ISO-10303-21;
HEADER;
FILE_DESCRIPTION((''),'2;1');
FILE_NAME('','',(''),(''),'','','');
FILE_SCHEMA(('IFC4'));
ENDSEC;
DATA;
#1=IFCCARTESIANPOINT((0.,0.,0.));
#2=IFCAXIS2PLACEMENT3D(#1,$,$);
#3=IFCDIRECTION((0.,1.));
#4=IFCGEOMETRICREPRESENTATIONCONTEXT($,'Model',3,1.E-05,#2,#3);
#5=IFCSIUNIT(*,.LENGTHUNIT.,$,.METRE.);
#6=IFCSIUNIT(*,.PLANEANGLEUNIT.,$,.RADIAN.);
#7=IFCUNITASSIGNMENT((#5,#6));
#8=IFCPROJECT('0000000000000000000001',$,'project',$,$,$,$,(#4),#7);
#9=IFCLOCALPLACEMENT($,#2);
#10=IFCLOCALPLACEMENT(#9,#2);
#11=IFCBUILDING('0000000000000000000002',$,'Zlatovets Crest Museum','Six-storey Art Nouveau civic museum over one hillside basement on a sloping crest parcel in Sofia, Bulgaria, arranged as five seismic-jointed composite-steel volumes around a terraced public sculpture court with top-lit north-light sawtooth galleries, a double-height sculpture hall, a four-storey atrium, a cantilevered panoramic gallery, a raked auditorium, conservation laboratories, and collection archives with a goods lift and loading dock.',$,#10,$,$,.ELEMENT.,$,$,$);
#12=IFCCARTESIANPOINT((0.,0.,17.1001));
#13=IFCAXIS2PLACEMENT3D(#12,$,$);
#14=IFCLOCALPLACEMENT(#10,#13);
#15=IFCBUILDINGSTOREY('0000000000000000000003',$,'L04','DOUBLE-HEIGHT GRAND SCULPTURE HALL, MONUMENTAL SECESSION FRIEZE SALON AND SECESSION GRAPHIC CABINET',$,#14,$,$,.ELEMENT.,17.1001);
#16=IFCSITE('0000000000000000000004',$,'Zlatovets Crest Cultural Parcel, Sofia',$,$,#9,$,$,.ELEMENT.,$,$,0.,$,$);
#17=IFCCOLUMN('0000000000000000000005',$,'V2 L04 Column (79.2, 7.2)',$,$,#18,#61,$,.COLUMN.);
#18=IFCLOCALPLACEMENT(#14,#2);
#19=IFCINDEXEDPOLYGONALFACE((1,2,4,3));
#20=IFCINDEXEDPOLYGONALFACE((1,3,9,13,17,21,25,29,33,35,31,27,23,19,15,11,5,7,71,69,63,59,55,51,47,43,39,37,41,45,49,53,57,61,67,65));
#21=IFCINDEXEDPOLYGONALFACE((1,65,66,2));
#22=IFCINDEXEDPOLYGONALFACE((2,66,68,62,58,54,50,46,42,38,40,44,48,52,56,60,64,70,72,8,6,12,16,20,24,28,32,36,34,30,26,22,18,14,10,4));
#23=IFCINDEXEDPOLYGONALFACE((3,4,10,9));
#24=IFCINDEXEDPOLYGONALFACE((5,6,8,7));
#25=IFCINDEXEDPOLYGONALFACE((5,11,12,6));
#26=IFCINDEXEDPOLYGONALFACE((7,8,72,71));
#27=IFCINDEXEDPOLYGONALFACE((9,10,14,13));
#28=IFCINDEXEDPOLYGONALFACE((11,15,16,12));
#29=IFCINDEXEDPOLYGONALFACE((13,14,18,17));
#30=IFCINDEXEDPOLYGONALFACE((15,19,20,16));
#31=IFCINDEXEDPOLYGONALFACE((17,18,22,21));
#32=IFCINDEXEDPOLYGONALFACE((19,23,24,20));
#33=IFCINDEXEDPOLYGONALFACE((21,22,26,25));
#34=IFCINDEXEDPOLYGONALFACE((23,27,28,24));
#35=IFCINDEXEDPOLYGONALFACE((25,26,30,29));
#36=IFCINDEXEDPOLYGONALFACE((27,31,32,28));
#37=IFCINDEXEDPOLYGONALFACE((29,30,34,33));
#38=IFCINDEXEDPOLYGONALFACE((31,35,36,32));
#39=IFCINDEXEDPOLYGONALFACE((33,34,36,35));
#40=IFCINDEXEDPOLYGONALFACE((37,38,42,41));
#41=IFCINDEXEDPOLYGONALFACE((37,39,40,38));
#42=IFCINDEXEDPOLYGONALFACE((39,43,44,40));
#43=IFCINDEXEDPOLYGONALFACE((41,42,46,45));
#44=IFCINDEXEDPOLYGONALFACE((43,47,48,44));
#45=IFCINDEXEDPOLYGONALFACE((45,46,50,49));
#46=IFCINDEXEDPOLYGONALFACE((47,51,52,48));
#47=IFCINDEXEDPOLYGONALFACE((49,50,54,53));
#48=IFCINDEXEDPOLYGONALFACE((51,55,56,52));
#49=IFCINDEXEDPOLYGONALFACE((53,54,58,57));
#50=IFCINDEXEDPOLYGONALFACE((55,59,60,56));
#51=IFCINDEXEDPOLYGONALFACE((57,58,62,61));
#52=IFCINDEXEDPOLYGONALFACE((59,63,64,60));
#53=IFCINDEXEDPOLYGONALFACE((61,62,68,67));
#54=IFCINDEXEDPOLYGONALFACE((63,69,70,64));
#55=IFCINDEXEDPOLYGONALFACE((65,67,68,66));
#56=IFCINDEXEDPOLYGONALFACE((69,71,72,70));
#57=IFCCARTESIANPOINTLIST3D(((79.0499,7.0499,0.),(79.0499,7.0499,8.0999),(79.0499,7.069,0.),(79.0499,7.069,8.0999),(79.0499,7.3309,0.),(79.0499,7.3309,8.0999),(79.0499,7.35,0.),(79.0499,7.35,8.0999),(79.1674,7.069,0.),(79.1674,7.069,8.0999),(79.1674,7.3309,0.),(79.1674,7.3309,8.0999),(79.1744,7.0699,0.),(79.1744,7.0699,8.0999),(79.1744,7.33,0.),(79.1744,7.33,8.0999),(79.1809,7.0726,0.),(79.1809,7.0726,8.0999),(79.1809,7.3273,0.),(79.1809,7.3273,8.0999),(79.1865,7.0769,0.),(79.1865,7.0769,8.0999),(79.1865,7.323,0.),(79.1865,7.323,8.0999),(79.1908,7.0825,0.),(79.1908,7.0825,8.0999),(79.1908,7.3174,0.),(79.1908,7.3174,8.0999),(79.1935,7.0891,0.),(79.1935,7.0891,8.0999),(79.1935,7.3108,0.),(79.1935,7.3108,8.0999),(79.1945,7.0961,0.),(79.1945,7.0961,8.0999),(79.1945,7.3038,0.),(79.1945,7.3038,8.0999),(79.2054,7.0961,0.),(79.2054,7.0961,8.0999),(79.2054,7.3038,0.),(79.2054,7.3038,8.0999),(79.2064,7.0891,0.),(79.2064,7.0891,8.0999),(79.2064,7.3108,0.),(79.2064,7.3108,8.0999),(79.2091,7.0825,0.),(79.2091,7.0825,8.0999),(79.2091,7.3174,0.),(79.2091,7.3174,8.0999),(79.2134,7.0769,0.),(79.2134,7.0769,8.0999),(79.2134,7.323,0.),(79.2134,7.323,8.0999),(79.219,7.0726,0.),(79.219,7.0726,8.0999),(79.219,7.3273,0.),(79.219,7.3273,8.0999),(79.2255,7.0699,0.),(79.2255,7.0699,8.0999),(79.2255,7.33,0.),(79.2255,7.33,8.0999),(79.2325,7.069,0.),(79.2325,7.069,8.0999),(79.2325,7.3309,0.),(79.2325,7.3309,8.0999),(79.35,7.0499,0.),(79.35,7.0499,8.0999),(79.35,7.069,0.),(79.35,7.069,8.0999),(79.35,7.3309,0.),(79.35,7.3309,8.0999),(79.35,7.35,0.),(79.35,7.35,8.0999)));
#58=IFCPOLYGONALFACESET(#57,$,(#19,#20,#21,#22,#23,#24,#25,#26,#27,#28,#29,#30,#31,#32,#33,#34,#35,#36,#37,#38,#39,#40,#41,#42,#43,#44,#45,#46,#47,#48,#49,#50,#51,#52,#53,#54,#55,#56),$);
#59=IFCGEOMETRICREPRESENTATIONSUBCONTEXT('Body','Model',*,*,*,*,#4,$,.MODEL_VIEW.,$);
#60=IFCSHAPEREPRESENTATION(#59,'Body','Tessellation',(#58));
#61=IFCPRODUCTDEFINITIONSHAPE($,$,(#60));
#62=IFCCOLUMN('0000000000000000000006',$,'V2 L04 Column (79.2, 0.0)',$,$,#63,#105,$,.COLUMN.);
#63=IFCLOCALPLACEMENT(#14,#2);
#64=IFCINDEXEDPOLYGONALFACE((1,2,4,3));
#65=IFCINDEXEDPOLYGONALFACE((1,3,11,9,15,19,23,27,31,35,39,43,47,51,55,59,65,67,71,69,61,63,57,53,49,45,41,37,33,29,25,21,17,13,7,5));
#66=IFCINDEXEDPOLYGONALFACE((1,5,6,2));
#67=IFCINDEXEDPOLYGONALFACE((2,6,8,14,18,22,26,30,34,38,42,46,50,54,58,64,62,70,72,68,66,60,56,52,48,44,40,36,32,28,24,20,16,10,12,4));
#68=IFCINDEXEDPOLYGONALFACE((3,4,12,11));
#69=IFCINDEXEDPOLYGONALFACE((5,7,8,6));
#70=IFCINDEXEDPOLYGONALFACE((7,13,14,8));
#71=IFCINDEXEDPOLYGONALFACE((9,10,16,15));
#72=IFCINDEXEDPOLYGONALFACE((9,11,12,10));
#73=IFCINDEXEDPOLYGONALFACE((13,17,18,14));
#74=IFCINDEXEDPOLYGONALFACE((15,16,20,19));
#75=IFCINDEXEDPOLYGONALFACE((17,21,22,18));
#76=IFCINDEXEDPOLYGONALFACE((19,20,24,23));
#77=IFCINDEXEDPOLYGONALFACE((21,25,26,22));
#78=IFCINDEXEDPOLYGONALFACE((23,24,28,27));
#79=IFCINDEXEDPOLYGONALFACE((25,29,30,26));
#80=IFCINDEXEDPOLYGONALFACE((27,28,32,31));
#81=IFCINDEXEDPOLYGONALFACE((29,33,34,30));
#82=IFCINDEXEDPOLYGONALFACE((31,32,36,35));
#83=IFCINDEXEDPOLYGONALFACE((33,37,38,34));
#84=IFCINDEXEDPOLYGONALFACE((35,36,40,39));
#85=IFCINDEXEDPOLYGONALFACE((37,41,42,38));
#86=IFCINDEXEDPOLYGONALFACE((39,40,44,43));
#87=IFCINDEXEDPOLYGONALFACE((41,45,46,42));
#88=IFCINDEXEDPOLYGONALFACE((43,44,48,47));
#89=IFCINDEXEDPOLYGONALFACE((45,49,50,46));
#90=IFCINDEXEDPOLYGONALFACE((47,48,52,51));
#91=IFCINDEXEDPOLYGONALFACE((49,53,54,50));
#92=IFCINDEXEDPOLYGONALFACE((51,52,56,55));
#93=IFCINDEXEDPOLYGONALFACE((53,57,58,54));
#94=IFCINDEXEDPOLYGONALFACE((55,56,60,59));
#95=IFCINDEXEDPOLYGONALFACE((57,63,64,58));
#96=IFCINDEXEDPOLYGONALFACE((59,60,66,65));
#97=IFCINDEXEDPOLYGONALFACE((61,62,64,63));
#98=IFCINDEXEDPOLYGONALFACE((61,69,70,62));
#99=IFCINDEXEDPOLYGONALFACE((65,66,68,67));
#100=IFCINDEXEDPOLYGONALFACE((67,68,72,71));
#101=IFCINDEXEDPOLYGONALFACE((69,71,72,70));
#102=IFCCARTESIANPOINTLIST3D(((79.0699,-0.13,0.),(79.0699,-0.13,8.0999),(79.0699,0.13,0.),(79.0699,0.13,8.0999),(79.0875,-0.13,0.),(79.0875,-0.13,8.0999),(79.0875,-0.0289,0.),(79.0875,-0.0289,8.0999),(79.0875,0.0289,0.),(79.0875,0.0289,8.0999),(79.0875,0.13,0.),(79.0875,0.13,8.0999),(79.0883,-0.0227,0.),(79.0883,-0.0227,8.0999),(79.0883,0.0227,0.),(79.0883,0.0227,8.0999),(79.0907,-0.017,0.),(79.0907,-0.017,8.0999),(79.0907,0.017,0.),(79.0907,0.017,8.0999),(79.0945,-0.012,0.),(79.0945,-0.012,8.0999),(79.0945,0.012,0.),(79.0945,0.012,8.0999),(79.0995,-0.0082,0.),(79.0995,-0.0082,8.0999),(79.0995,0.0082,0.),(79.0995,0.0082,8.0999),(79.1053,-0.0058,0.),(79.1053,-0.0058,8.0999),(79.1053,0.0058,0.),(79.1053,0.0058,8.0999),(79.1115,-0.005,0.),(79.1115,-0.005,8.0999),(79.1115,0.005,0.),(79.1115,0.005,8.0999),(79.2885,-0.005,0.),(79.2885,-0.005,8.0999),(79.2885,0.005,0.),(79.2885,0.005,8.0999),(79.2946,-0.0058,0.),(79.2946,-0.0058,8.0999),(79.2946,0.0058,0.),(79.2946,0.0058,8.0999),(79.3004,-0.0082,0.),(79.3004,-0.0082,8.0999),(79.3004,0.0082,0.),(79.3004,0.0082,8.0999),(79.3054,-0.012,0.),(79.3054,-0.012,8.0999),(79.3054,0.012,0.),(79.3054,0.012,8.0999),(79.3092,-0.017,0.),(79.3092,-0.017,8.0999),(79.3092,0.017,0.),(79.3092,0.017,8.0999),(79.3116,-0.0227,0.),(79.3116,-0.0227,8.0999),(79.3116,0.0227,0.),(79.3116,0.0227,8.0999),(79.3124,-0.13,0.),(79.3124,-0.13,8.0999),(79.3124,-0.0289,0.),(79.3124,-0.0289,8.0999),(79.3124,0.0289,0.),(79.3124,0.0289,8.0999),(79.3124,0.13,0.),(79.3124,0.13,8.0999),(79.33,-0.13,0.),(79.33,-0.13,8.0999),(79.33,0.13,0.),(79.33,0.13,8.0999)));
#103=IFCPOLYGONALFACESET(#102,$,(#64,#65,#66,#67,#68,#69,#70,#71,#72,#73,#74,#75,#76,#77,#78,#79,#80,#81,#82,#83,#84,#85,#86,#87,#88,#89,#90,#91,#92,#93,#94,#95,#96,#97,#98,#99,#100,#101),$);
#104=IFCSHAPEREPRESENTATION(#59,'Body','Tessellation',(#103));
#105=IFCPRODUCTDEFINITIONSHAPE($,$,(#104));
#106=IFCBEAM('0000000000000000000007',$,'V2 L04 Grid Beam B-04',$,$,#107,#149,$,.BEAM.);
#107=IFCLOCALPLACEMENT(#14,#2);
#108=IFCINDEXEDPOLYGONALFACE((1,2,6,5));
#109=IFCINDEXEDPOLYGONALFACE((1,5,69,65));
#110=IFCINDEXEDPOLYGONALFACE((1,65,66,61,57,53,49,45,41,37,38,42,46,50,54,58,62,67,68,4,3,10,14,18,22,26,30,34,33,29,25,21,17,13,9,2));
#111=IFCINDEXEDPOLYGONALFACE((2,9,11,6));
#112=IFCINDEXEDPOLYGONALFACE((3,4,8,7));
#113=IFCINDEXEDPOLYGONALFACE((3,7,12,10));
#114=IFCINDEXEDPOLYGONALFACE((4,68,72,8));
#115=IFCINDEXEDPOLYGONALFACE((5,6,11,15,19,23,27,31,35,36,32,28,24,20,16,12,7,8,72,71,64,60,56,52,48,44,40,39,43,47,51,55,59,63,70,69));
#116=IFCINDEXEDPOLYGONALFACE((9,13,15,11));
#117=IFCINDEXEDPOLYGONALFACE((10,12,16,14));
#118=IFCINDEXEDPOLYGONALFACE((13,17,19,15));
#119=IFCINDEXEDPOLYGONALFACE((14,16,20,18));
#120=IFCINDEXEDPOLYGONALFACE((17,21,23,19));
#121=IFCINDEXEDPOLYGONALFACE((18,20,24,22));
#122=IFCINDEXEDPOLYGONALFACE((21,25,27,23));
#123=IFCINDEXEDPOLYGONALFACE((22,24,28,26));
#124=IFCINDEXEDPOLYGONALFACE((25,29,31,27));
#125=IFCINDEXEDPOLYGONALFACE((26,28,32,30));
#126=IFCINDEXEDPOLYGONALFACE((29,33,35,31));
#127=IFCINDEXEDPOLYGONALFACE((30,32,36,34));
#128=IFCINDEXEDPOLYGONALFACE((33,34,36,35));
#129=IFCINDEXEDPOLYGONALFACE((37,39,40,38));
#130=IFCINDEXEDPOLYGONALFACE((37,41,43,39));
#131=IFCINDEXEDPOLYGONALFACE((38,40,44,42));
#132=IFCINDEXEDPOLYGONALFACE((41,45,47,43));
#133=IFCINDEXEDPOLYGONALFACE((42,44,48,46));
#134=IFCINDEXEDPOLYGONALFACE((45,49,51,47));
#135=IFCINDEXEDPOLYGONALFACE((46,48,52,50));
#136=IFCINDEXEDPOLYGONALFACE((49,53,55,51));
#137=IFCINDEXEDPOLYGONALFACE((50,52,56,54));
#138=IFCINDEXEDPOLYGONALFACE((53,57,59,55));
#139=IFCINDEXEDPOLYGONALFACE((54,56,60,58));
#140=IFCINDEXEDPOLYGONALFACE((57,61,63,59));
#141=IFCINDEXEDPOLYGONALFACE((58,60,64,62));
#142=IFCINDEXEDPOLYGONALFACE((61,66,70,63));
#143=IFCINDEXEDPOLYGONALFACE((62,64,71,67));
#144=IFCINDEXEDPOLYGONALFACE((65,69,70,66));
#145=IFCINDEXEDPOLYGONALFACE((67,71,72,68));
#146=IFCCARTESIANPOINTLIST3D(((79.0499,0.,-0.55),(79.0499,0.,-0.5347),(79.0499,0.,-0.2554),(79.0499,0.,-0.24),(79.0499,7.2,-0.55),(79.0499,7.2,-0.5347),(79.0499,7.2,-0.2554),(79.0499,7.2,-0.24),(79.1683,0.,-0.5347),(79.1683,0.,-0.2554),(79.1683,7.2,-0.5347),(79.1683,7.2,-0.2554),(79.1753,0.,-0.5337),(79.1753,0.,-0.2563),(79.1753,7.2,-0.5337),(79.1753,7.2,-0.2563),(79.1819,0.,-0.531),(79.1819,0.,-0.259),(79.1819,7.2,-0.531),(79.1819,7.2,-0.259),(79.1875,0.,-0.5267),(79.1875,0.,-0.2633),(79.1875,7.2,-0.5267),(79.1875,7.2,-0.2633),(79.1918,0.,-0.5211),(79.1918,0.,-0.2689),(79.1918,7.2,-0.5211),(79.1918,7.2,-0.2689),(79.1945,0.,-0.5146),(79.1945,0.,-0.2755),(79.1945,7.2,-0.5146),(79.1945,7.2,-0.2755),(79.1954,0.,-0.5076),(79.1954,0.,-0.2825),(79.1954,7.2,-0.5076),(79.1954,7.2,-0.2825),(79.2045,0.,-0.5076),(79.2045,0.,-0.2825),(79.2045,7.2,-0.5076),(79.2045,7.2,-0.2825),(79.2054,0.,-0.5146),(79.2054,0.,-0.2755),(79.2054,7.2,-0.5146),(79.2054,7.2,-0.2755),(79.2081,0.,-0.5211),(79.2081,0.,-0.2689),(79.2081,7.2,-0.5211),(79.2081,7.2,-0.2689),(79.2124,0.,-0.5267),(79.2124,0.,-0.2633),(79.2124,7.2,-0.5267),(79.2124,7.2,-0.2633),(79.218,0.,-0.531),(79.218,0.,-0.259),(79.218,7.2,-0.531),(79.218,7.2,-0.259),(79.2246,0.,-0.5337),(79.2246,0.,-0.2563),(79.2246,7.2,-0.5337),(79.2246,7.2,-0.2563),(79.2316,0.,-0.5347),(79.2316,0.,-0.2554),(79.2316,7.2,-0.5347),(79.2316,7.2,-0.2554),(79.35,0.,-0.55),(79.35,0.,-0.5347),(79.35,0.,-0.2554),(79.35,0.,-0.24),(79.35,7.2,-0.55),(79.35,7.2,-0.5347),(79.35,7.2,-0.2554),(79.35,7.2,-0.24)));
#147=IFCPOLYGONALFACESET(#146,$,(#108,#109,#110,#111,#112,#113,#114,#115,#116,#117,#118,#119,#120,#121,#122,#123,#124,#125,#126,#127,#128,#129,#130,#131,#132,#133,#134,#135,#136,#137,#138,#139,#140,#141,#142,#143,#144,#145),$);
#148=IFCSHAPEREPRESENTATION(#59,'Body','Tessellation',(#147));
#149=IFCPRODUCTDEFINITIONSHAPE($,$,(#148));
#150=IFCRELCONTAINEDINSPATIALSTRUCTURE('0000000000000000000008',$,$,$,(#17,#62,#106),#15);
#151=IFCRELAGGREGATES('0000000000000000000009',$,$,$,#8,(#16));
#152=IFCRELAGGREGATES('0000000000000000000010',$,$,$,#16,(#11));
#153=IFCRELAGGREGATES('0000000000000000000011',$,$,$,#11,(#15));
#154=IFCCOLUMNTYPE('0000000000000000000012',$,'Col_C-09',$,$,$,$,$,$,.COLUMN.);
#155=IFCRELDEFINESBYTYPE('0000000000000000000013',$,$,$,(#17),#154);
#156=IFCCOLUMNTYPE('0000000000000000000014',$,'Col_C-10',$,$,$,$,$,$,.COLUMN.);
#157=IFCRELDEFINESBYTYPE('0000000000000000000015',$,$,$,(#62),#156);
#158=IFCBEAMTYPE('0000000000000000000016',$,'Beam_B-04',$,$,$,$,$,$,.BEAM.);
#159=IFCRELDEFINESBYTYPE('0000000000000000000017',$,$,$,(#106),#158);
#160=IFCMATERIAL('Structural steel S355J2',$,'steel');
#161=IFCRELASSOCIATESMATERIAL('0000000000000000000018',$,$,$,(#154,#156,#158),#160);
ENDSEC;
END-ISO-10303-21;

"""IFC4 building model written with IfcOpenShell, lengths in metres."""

from ifc_helpers import new_model, si_unit, direction, frame, origin, origin_2d, place, context, subcontext, project, spatial, i_section, extrude, material, material_profile, profile_set, type_object, element, save


model = new_model("IFC4")

# Units and contexts
model_context = context("Model", 3, precision=1e-05, world=origin(), true_north=direction((0.0, 1.0)))
body_context = subcontext(model_context, "Body", "Model", "MODEL_VIEW")
ifc_project = project(units=[si_unit("LENGTHUNIT", "METRE"), si_unit("PLANEANGLEUNIT", "RADIAN")], contexts=[model_context])

# Site, building, storey
site_placement = place(None, origin())
site = spatial("IfcSite", under=ifc_project, at=site_placement, Name="Zlatovets Crest Cultural Parcel, Sofia", CompositionType="ELEMENT", RefElevation=0.0)
building_placement = place(site_placement, origin())
building = spatial("IfcBuilding", under=site, at=building_placement, Name="Zlatovets Crest Museum", Description="Six-storey Art Nouveau civic museum over one hillside basement on a sloping crest parcel in Sofia, Bulgaria, arranged as five seismic-jointed composite-steel volumes around a terraced public sculpture court with top-lit north-light sawtooth galleries, a double-height sculpture hall, a four-storey atrium, a cantilevered panoramic gallery, a raked auditorium, conservation laboratories, and collection archives with a goods lift and loading dock.", CompositionType="ELEMENT")
storey_placement = place(building_placement, frame((0.0, 0.0, 17.1001)))
storey = spatial("IfcBuildingStorey", under=building, at=storey_placement, Name="L04", Description="DOUBLE-HEIGHT GRAND SCULPTURE HALL, MONUMENTAL SECESSION FRIEZE SALON AND SECESSION GRAPHIC CABINET", CompositionType="ELEMENT", Elevation=17.1001)

# Columns
ifc_material_1 = material(Name="Structural steel S355J2", Category="steel")
ifc_material_profile_1 = material_profile(ifc_material_1, i_section(OverallWidth=0.3, OverallDepth=0.3, WebThickness=0.011, FlangeThickness=0.019, FilletRadius=0.0271, at=origin_2d()), Name="HEB 300")
ifc_profile_set_1 = profile_set([ifc_material_profile_1], Name="Structural steel S355J2")
column_type_1 = type_object("IfcColumnType", Name="Col_C-09", PredefinedType="COLUMN", material=ifc_profile_set_1)
column_1_placement = place(storey_placement, frame((79.2, 7.2, 0.0), z_axis=(0.0, 0.0, 1.0), x_axis=(1.0, 0.0, 0.0)))
element("IfcColumn", 1, at=column_1_placement, inside=storey, type_object=column_type_1, Name="V2 L04 Column (79.2, 7.2)", PredefinedType="COLUMN", context=body_context, shape_type="SweptSolid", body=[
    extrude(i_section(OverallWidth=0.3, OverallDepth=0.3, WebThickness=0.011, FlangeThickness=0.019, FilletRadius=0.0271, at=origin_2d()), origin(), (0.0, 0.0, 1.0), 8.0999),
])
ifc_material_profile_2 = material_profile(ifc_material_1, i_section(OverallWidth=0.26, OverallDepth=0.26, WebThickness=0.01, FlangeThickness=0.0176, FilletRadius=0.0239, at=origin_2d()), Name="HEB 260")
ifc_profile_set_2 = profile_set([ifc_material_profile_2], Name="Structural steel S355J2")
column_type_2 = type_object("IfcColumnType", Name="Col_C-10", PredefinedType="COLUMN", material=ifc_profile_set_2)
column_2_placement = place(storey_placement, frame((79.2, 0.0, 0.0), z_axis=(0.0, 0.0, 1.0), x_axis=(0.0, 1.0, 0.0)))
element("IfcColumn", 2, at=column_2_placement, inside=storey, type_object=column_type_2, Name="V2 L04 Column (79.2, 0.0)", PredefinedType="COLUMN", context=body_context, shape_type="SweptSolid", body=[
    extrude(i_section(OverallWidth=0.26, OverallDepth=0.26, WebThickness=0.01, FlangeThickness=0.0176, FilletRadius=0.0239, at=origin_2d()), origin(), (0.0, 0.0, 1.0), 8.0999),
])

# Beam
ifc_material_profile_3 = material_profile(ifc_material_1, i_section(OverallWidth=0.3, OverallDepth=0.3101, WebThickness=0.009, FlangeThickness=0.0154, FilletRadius=0.0271, at=origin_2d()), Name="HEA 320")
ifc_profile_set_3 = profile_set([ifc_material_profile_3], Name="Structural steel S355J2")
beam_type_1 = type_object("IfcBeamType", Name="Beam_B-04", PredefinedType="BEAM", material=ifc_profile_set_3)
beam_1_placement = place(storey_placement, frame((79.2, 0.0, -0.395), z_axis=(0.0, 1.0, 0.0), x_axis=(-1.0, 0.0, 0.0)))
element("IfcBeam", 3, at=beam_1_placement, inside=storey, type_object=beam_type_1, Name="V2 L04 Grid Beam B-04", PredefinedType="BEAM", context=body_context, shape_type="SweptSolid", body=[
    extrude(i_section(OverallWidth=0.3, OverallDepth=0.3101, WebThickness=0.009, FlangeThickness=0.0154, FilletRadius=0.0271, at=origin_2d()), origin(), (0.0, 0.0, 1.0), 7.2),
])

save(model, "model.ifc")
